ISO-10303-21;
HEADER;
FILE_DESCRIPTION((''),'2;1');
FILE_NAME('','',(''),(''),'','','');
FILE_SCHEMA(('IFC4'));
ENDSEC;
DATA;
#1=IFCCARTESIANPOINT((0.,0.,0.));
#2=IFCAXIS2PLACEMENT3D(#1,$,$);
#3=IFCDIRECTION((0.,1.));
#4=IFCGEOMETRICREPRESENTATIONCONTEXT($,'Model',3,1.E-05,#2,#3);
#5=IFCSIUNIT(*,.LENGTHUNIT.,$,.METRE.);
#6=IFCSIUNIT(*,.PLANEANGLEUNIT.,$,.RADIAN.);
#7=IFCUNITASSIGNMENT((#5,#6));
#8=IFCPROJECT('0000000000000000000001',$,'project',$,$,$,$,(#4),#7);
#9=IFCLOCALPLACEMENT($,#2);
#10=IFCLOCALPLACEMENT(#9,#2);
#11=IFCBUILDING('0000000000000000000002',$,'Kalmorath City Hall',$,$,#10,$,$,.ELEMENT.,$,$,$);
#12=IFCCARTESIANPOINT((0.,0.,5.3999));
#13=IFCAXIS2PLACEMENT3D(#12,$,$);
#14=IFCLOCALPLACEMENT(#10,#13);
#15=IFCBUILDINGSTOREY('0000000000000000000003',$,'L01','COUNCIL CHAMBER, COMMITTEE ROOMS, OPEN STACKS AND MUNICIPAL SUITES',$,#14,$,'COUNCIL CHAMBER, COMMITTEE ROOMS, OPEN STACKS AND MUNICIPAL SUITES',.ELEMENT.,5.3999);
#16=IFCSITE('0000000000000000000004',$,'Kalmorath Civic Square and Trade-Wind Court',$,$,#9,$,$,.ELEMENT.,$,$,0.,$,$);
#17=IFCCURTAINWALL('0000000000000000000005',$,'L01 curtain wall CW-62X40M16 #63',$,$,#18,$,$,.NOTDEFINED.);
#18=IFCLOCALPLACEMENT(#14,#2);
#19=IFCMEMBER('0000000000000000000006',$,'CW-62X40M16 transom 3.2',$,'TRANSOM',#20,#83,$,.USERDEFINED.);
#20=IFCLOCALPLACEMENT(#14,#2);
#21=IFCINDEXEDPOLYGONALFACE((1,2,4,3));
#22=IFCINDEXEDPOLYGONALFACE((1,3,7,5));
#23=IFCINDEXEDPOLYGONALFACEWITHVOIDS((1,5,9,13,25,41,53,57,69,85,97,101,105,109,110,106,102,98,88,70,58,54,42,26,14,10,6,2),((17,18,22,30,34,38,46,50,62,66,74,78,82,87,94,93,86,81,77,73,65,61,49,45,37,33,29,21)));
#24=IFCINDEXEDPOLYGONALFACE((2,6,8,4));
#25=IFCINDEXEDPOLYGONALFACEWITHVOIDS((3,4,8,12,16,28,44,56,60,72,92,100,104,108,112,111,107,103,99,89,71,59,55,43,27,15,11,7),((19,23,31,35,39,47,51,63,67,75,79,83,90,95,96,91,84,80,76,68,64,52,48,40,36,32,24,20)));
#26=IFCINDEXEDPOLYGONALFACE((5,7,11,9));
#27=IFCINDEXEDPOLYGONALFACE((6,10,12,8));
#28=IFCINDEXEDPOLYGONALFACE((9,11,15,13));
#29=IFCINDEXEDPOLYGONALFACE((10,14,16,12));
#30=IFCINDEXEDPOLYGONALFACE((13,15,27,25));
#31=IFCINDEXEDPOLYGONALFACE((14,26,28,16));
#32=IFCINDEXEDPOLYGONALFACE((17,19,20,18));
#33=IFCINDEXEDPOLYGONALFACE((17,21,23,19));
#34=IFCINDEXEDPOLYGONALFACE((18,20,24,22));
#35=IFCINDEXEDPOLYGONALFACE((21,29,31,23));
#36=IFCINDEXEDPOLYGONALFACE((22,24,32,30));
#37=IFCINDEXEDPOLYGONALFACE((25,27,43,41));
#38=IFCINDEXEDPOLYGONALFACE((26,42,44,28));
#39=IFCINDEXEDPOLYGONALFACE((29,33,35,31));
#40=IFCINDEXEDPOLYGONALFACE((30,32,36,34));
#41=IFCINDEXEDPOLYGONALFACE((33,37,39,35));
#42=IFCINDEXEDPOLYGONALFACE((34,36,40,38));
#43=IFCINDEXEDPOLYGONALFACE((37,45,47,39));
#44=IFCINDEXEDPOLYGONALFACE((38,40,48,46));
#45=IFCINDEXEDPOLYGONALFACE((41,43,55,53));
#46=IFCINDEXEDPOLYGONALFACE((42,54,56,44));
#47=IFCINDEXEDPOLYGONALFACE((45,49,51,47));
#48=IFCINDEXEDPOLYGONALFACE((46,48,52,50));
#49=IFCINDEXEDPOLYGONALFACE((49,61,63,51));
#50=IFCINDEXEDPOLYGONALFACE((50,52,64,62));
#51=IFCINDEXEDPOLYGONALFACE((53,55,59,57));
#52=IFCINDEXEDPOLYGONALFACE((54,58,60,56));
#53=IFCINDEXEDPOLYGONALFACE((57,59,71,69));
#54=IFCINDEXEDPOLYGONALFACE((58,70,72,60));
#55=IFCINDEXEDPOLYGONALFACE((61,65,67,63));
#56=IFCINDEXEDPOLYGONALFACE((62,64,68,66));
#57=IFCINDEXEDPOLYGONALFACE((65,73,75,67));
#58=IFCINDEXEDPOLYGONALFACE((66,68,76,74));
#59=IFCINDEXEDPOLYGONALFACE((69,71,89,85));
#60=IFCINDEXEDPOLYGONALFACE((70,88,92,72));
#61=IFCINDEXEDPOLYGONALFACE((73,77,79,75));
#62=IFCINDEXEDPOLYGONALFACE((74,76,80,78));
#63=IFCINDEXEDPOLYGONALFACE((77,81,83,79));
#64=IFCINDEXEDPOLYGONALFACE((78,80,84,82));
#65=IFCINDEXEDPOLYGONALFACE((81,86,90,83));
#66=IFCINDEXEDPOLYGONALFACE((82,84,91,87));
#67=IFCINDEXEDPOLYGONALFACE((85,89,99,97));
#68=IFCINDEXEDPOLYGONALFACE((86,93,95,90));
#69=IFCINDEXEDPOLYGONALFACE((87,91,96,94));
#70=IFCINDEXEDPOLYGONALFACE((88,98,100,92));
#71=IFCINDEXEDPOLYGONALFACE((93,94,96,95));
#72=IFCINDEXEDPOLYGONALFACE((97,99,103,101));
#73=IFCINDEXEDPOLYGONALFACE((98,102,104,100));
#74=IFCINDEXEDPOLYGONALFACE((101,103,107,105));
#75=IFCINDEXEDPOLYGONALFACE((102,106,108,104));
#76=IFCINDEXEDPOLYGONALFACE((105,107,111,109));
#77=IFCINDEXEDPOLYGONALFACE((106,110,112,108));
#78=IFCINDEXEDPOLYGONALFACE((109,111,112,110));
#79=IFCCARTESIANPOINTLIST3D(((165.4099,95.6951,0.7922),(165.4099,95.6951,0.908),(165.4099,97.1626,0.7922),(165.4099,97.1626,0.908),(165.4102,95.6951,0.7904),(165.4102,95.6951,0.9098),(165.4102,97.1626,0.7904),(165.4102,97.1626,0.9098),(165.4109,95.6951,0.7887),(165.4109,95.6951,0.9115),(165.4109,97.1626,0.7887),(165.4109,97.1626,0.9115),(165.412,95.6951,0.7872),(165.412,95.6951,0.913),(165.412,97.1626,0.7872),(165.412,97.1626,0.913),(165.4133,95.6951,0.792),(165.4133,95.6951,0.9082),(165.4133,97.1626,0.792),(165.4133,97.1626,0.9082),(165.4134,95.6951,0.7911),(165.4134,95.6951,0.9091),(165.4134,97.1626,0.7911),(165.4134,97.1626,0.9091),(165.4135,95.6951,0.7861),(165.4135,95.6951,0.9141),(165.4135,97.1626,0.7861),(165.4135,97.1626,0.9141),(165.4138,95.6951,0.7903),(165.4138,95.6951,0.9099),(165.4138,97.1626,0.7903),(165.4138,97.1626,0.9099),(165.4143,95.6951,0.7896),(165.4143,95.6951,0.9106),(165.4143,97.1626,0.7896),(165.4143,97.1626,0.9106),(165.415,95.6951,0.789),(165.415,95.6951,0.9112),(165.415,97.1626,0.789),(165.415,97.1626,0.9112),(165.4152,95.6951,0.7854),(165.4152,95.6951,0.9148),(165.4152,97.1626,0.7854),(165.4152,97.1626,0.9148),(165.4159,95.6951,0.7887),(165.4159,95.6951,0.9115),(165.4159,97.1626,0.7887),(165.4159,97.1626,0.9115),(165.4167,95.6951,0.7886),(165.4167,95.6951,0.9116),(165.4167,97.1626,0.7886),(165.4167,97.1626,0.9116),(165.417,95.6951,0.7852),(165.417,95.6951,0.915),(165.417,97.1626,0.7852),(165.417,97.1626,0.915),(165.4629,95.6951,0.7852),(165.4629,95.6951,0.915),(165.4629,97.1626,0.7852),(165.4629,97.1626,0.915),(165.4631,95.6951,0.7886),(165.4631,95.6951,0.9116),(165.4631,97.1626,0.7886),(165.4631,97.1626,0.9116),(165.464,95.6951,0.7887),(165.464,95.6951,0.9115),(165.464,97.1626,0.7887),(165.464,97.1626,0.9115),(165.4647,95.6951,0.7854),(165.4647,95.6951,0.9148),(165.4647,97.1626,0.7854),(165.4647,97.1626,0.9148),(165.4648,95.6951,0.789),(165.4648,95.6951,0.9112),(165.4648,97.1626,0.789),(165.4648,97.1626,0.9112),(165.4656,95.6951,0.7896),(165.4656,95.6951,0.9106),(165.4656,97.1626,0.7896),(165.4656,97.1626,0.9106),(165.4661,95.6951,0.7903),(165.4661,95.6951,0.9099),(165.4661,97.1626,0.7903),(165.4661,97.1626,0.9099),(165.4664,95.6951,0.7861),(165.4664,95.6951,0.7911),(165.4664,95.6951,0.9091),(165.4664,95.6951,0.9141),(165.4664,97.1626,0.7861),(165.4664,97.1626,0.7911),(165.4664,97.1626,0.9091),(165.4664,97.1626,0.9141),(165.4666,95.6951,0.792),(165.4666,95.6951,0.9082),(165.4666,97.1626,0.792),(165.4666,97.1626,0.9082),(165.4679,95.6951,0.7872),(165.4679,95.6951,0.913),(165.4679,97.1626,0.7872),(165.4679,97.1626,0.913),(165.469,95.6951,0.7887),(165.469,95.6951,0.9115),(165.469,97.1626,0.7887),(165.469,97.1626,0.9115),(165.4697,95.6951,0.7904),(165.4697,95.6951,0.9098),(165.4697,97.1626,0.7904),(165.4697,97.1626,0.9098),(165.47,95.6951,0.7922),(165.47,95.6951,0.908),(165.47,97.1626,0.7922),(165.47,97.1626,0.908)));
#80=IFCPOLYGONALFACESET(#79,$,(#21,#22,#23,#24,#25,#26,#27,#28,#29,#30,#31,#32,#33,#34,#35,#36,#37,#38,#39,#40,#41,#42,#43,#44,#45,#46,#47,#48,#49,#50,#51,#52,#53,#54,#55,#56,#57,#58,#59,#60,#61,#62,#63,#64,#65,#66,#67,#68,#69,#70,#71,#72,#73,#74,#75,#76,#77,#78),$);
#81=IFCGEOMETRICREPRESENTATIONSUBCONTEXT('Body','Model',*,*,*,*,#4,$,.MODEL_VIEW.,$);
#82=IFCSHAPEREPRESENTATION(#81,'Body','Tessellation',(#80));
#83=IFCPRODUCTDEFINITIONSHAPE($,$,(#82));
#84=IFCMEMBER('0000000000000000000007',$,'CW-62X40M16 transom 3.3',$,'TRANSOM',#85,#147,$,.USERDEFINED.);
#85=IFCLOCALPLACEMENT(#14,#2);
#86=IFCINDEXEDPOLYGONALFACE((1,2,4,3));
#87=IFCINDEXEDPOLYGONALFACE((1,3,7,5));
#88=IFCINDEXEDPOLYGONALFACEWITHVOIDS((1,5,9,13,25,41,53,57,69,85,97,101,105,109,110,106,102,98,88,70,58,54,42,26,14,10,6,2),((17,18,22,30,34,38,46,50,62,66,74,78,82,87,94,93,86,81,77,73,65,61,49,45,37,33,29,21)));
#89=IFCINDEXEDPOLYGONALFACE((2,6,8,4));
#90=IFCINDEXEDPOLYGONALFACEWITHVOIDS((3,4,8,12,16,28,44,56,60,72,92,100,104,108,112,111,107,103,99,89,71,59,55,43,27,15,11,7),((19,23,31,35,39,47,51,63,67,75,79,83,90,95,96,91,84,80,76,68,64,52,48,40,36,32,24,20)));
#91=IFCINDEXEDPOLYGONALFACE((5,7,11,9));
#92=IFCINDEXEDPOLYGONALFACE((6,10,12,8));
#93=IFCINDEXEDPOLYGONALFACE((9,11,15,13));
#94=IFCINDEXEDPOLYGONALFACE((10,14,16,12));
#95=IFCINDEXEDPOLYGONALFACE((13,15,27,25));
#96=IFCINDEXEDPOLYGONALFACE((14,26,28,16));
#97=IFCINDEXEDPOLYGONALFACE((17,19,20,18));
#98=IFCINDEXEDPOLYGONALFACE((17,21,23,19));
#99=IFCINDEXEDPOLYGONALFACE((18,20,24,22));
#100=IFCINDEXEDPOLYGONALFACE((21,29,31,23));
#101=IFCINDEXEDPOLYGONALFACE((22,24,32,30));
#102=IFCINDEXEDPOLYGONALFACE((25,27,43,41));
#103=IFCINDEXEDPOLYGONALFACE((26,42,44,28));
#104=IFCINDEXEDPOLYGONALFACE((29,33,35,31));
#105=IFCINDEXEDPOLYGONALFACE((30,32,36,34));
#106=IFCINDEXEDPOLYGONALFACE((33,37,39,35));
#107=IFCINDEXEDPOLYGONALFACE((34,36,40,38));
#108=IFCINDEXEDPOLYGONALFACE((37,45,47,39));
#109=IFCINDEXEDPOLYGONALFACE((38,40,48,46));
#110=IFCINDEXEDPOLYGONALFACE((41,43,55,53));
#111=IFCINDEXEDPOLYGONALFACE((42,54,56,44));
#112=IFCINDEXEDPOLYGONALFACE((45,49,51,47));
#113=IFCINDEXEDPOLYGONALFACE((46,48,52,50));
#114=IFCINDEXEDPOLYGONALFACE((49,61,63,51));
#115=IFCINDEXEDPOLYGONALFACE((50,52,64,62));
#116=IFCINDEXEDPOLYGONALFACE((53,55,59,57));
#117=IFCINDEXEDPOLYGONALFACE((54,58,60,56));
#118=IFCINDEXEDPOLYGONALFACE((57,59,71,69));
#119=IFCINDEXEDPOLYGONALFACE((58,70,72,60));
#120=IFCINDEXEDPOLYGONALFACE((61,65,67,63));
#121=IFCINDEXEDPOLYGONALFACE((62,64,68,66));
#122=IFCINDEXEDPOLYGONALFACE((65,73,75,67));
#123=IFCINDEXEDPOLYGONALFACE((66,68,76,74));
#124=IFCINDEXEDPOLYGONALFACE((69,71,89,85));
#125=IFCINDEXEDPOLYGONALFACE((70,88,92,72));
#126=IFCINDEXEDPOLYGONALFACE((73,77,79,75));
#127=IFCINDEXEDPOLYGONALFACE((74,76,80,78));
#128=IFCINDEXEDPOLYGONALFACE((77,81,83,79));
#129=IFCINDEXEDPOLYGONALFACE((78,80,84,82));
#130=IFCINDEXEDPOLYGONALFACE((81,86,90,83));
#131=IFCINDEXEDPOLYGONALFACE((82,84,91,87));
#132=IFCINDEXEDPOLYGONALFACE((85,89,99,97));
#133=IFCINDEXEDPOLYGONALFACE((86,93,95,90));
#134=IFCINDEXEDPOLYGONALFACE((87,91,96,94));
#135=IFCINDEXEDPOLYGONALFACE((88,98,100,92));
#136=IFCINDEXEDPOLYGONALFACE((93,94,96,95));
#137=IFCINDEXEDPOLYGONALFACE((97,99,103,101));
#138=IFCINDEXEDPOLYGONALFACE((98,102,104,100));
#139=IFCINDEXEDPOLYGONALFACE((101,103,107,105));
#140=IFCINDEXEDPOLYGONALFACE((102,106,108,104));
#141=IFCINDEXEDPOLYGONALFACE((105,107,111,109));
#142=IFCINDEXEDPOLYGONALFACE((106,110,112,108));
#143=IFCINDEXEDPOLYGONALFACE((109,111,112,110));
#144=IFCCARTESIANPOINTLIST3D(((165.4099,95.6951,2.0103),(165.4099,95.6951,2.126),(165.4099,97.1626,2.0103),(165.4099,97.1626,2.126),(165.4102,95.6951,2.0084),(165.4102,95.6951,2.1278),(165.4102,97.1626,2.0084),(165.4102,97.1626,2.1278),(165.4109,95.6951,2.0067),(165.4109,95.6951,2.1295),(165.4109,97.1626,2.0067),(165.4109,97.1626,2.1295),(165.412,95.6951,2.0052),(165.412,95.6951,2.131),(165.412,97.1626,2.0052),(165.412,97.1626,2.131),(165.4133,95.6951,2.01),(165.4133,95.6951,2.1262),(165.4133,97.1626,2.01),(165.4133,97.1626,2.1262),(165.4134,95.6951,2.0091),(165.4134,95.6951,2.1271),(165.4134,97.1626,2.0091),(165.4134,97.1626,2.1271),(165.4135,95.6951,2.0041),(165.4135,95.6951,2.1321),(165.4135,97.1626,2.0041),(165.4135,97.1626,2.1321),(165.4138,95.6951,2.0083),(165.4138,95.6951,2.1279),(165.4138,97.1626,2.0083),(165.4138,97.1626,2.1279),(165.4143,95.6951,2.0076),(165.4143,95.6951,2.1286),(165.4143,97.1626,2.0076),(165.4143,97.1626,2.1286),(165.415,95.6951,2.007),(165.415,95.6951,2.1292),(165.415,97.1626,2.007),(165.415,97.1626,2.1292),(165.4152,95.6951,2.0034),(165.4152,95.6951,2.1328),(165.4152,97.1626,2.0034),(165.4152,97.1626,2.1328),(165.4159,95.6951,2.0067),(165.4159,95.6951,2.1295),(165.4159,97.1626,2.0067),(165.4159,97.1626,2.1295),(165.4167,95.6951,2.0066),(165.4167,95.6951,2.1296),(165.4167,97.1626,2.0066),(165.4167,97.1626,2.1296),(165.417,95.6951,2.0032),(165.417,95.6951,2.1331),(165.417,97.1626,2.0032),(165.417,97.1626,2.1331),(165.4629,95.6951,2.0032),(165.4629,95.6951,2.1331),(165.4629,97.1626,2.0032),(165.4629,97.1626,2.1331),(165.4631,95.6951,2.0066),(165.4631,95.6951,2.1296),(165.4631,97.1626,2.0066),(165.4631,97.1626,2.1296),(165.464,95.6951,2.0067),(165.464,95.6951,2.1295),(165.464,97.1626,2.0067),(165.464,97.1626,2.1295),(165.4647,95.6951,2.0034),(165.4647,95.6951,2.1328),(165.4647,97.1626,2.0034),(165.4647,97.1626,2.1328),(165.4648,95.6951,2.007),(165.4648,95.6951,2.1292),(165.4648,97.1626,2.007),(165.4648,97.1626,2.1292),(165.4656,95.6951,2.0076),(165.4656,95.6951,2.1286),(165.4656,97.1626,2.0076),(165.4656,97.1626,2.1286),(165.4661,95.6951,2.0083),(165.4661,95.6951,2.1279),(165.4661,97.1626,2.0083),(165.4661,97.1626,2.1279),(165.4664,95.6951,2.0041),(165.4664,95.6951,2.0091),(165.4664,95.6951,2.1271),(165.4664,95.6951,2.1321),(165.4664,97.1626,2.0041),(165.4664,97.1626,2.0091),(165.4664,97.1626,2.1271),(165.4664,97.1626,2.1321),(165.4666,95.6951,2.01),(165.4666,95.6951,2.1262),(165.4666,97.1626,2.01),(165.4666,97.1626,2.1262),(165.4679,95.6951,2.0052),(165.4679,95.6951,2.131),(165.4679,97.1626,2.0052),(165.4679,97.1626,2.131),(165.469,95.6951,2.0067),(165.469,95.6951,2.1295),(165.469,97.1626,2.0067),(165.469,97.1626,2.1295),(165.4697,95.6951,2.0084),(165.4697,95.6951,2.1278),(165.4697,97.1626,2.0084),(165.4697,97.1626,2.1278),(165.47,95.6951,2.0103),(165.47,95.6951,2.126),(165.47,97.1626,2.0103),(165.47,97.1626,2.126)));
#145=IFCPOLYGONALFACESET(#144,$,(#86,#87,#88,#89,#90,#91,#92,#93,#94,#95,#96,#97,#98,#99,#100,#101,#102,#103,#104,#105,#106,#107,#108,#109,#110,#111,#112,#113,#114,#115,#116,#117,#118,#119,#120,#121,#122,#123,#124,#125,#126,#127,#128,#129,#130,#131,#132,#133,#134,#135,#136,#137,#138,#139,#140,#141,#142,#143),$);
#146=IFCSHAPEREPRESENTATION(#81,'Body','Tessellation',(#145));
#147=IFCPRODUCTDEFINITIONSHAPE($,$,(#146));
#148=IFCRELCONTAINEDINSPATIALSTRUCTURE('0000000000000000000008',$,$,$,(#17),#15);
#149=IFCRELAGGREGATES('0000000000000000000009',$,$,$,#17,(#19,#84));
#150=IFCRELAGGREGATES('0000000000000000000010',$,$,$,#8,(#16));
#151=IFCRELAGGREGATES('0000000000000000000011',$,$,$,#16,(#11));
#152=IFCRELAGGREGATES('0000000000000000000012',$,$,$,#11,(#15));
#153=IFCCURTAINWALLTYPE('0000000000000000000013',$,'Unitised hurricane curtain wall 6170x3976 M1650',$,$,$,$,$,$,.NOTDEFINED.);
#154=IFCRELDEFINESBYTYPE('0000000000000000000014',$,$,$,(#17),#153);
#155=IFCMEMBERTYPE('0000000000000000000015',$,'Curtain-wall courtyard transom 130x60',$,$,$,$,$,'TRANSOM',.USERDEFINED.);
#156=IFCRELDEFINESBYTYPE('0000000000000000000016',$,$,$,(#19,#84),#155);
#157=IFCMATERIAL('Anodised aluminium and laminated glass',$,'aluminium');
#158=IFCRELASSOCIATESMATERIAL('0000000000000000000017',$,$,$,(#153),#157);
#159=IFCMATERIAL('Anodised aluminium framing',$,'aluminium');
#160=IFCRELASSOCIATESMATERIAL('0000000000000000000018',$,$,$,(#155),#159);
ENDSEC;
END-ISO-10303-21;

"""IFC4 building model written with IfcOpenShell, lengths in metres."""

from ifc_helpers import new_model, si_unit, direction, frame, origin, origin_2d, place, context, subcontext, project, spatial, hollow_rectangle, extrude, material, material_profile, profile_set, type_object, element, aggregate, save


model = new_model("IFC4")

# Units and contexts
model_context = context("Model", 3, precision=1e-05, world=origin(), true_north=direction((0.0, 1.0)))
body_context = subcontext(model_context, "Body", "Model", "MODEL_VIEW")
ifc_project = project(units=[si_unit("LENGTHUNIT", "METRE"), si_unit("PLANEANGLEUNIT", "RADIAN")], contexts=[model_context])

# Site, building, storey
site_placement = place(None, origin())
site = spatial("IfcSite", under=ifc_project, at=site_placement, Name="Kalmorath Civic Square and Trade-Wind Court", CompositionType="ELEMENT", RefElevation=0.0)
building_placement = place(site_placement, origin())
building = spatial("IfcBuilding", under=site, at=building_placement, Name="Kalmorath City Hall", CompositionType="ELEMENT")
storey_placement = place(building_placement, frame((0.0, 0.0, 5.3999)))
storey = spatial("IfcBuildingStorey", under=building, at=storey_placement, Name="L01", Description="COUNCIL CHAMBER, COMMITTEE ROOMS, OPEN STACKS AND MUNICIPAL SUITES", LongName="COUNCIL CHAMBER, COMMITTEE ROOMS, OPEN STACKS AND MUNICIPAL SUITES", CompositionType="ELEMENT", Elevation=5.3999)

# Curtain wall, members
ifc_material_1 = material(Name="Anodised aluminium and laminated glass", Category="aluminium")
curtain_wall_type = type_object("IfcCurtainWallType", Name="Unitised hurricane curtain wall 6170x3976 M1650", PredefinedType="NOTDEFINED", material=ifc_material_1)
curtain_wall_placement = place(storey_placement, origin())
curtain_wall = element("IfcCurtainWall", 1, at=curtain_wall_placement, inside=storey, type_object=curtain_wall_type, Name="L01 curtain wall CW-62X40M16 #63", PredefinedType="NOTDEFINED")
ifc_material_2 = material(Name="Anodised aluminium framing", Category="aluminium")
ifc_material_profile_1 = material_profile(ifc_material_2, hollow_rectangle(XDim=0.0601, YDim=0.1299, WallThickness=0.0034, InnerFilletRadius=0.0034, OuterFilletRadius=0.0071, at=origin_2d()), Name="ALU-TRN-130X60X3.5")
ifc_profile_set_1 = profile_set([ifc_material_profile_1], Name="Anodised aluminium framing")
member_type_1 = type_object("IfcMemberType", Name="Curtain-wall courtyard transom 130x60", ElementType="TRANSOM", PredefinedType="USERDEFINED", material=ifc_profile_set_1)
member_1_placement = place(storey_placement, frame((165.4399, 97.1626, 0.8501), z_axis=(0.0, -1.0, 0.0), x_axis=(1.0, 0.0, 0.0)))
member_1 = element("IfcMember", 2, at=member_1_placement, type_object=member_type_1, Name="CW-62X40M16 transom 3.2", ObjectType="TRANSOM", PredefinedType="USERDEFINED", context=body_context, shape_type="SweptSolid", body=[
    extrude(hollow_rectangle(XDim=0.0601, YDim=0.1299, WallThickness=0.0034, InnerFilletRadius=0.0034, OuterFilletRadius=0.0071, at=origin_2d()), origin(), (0.0, 0.0, 1.0), 1.4675),
])
member_2_placement = place(storey_placement, frame((165.4399, 97.1626, 2.0681), z_axis=(0.0, -1.0, 0.0), x_axis=(1.0, 0.0, 0.0)))
member_2 = element("IfcMember", 3, at=member_2_placement, type_object=member_type_1, Name="CW-62X40M16 transom 3.3", ObjectType="TRANSOM", PredefinedType="USERDEFINED", context=body_context, shape_type="SweptSolid", body=[
    extrude(hollow_rectangle(XDim=0.0601, YDim=0.1299, WallThickness=0.0034, InnerFilletRadius=0.0034, OuterFilletRadius=0.0071, at=origin_2d()), origin(), (0.0, 0.0, 1.0), 1.4675),
])

aggregate(curtain_wall, [member_1, member_2])

save(model, "model.ifc")
